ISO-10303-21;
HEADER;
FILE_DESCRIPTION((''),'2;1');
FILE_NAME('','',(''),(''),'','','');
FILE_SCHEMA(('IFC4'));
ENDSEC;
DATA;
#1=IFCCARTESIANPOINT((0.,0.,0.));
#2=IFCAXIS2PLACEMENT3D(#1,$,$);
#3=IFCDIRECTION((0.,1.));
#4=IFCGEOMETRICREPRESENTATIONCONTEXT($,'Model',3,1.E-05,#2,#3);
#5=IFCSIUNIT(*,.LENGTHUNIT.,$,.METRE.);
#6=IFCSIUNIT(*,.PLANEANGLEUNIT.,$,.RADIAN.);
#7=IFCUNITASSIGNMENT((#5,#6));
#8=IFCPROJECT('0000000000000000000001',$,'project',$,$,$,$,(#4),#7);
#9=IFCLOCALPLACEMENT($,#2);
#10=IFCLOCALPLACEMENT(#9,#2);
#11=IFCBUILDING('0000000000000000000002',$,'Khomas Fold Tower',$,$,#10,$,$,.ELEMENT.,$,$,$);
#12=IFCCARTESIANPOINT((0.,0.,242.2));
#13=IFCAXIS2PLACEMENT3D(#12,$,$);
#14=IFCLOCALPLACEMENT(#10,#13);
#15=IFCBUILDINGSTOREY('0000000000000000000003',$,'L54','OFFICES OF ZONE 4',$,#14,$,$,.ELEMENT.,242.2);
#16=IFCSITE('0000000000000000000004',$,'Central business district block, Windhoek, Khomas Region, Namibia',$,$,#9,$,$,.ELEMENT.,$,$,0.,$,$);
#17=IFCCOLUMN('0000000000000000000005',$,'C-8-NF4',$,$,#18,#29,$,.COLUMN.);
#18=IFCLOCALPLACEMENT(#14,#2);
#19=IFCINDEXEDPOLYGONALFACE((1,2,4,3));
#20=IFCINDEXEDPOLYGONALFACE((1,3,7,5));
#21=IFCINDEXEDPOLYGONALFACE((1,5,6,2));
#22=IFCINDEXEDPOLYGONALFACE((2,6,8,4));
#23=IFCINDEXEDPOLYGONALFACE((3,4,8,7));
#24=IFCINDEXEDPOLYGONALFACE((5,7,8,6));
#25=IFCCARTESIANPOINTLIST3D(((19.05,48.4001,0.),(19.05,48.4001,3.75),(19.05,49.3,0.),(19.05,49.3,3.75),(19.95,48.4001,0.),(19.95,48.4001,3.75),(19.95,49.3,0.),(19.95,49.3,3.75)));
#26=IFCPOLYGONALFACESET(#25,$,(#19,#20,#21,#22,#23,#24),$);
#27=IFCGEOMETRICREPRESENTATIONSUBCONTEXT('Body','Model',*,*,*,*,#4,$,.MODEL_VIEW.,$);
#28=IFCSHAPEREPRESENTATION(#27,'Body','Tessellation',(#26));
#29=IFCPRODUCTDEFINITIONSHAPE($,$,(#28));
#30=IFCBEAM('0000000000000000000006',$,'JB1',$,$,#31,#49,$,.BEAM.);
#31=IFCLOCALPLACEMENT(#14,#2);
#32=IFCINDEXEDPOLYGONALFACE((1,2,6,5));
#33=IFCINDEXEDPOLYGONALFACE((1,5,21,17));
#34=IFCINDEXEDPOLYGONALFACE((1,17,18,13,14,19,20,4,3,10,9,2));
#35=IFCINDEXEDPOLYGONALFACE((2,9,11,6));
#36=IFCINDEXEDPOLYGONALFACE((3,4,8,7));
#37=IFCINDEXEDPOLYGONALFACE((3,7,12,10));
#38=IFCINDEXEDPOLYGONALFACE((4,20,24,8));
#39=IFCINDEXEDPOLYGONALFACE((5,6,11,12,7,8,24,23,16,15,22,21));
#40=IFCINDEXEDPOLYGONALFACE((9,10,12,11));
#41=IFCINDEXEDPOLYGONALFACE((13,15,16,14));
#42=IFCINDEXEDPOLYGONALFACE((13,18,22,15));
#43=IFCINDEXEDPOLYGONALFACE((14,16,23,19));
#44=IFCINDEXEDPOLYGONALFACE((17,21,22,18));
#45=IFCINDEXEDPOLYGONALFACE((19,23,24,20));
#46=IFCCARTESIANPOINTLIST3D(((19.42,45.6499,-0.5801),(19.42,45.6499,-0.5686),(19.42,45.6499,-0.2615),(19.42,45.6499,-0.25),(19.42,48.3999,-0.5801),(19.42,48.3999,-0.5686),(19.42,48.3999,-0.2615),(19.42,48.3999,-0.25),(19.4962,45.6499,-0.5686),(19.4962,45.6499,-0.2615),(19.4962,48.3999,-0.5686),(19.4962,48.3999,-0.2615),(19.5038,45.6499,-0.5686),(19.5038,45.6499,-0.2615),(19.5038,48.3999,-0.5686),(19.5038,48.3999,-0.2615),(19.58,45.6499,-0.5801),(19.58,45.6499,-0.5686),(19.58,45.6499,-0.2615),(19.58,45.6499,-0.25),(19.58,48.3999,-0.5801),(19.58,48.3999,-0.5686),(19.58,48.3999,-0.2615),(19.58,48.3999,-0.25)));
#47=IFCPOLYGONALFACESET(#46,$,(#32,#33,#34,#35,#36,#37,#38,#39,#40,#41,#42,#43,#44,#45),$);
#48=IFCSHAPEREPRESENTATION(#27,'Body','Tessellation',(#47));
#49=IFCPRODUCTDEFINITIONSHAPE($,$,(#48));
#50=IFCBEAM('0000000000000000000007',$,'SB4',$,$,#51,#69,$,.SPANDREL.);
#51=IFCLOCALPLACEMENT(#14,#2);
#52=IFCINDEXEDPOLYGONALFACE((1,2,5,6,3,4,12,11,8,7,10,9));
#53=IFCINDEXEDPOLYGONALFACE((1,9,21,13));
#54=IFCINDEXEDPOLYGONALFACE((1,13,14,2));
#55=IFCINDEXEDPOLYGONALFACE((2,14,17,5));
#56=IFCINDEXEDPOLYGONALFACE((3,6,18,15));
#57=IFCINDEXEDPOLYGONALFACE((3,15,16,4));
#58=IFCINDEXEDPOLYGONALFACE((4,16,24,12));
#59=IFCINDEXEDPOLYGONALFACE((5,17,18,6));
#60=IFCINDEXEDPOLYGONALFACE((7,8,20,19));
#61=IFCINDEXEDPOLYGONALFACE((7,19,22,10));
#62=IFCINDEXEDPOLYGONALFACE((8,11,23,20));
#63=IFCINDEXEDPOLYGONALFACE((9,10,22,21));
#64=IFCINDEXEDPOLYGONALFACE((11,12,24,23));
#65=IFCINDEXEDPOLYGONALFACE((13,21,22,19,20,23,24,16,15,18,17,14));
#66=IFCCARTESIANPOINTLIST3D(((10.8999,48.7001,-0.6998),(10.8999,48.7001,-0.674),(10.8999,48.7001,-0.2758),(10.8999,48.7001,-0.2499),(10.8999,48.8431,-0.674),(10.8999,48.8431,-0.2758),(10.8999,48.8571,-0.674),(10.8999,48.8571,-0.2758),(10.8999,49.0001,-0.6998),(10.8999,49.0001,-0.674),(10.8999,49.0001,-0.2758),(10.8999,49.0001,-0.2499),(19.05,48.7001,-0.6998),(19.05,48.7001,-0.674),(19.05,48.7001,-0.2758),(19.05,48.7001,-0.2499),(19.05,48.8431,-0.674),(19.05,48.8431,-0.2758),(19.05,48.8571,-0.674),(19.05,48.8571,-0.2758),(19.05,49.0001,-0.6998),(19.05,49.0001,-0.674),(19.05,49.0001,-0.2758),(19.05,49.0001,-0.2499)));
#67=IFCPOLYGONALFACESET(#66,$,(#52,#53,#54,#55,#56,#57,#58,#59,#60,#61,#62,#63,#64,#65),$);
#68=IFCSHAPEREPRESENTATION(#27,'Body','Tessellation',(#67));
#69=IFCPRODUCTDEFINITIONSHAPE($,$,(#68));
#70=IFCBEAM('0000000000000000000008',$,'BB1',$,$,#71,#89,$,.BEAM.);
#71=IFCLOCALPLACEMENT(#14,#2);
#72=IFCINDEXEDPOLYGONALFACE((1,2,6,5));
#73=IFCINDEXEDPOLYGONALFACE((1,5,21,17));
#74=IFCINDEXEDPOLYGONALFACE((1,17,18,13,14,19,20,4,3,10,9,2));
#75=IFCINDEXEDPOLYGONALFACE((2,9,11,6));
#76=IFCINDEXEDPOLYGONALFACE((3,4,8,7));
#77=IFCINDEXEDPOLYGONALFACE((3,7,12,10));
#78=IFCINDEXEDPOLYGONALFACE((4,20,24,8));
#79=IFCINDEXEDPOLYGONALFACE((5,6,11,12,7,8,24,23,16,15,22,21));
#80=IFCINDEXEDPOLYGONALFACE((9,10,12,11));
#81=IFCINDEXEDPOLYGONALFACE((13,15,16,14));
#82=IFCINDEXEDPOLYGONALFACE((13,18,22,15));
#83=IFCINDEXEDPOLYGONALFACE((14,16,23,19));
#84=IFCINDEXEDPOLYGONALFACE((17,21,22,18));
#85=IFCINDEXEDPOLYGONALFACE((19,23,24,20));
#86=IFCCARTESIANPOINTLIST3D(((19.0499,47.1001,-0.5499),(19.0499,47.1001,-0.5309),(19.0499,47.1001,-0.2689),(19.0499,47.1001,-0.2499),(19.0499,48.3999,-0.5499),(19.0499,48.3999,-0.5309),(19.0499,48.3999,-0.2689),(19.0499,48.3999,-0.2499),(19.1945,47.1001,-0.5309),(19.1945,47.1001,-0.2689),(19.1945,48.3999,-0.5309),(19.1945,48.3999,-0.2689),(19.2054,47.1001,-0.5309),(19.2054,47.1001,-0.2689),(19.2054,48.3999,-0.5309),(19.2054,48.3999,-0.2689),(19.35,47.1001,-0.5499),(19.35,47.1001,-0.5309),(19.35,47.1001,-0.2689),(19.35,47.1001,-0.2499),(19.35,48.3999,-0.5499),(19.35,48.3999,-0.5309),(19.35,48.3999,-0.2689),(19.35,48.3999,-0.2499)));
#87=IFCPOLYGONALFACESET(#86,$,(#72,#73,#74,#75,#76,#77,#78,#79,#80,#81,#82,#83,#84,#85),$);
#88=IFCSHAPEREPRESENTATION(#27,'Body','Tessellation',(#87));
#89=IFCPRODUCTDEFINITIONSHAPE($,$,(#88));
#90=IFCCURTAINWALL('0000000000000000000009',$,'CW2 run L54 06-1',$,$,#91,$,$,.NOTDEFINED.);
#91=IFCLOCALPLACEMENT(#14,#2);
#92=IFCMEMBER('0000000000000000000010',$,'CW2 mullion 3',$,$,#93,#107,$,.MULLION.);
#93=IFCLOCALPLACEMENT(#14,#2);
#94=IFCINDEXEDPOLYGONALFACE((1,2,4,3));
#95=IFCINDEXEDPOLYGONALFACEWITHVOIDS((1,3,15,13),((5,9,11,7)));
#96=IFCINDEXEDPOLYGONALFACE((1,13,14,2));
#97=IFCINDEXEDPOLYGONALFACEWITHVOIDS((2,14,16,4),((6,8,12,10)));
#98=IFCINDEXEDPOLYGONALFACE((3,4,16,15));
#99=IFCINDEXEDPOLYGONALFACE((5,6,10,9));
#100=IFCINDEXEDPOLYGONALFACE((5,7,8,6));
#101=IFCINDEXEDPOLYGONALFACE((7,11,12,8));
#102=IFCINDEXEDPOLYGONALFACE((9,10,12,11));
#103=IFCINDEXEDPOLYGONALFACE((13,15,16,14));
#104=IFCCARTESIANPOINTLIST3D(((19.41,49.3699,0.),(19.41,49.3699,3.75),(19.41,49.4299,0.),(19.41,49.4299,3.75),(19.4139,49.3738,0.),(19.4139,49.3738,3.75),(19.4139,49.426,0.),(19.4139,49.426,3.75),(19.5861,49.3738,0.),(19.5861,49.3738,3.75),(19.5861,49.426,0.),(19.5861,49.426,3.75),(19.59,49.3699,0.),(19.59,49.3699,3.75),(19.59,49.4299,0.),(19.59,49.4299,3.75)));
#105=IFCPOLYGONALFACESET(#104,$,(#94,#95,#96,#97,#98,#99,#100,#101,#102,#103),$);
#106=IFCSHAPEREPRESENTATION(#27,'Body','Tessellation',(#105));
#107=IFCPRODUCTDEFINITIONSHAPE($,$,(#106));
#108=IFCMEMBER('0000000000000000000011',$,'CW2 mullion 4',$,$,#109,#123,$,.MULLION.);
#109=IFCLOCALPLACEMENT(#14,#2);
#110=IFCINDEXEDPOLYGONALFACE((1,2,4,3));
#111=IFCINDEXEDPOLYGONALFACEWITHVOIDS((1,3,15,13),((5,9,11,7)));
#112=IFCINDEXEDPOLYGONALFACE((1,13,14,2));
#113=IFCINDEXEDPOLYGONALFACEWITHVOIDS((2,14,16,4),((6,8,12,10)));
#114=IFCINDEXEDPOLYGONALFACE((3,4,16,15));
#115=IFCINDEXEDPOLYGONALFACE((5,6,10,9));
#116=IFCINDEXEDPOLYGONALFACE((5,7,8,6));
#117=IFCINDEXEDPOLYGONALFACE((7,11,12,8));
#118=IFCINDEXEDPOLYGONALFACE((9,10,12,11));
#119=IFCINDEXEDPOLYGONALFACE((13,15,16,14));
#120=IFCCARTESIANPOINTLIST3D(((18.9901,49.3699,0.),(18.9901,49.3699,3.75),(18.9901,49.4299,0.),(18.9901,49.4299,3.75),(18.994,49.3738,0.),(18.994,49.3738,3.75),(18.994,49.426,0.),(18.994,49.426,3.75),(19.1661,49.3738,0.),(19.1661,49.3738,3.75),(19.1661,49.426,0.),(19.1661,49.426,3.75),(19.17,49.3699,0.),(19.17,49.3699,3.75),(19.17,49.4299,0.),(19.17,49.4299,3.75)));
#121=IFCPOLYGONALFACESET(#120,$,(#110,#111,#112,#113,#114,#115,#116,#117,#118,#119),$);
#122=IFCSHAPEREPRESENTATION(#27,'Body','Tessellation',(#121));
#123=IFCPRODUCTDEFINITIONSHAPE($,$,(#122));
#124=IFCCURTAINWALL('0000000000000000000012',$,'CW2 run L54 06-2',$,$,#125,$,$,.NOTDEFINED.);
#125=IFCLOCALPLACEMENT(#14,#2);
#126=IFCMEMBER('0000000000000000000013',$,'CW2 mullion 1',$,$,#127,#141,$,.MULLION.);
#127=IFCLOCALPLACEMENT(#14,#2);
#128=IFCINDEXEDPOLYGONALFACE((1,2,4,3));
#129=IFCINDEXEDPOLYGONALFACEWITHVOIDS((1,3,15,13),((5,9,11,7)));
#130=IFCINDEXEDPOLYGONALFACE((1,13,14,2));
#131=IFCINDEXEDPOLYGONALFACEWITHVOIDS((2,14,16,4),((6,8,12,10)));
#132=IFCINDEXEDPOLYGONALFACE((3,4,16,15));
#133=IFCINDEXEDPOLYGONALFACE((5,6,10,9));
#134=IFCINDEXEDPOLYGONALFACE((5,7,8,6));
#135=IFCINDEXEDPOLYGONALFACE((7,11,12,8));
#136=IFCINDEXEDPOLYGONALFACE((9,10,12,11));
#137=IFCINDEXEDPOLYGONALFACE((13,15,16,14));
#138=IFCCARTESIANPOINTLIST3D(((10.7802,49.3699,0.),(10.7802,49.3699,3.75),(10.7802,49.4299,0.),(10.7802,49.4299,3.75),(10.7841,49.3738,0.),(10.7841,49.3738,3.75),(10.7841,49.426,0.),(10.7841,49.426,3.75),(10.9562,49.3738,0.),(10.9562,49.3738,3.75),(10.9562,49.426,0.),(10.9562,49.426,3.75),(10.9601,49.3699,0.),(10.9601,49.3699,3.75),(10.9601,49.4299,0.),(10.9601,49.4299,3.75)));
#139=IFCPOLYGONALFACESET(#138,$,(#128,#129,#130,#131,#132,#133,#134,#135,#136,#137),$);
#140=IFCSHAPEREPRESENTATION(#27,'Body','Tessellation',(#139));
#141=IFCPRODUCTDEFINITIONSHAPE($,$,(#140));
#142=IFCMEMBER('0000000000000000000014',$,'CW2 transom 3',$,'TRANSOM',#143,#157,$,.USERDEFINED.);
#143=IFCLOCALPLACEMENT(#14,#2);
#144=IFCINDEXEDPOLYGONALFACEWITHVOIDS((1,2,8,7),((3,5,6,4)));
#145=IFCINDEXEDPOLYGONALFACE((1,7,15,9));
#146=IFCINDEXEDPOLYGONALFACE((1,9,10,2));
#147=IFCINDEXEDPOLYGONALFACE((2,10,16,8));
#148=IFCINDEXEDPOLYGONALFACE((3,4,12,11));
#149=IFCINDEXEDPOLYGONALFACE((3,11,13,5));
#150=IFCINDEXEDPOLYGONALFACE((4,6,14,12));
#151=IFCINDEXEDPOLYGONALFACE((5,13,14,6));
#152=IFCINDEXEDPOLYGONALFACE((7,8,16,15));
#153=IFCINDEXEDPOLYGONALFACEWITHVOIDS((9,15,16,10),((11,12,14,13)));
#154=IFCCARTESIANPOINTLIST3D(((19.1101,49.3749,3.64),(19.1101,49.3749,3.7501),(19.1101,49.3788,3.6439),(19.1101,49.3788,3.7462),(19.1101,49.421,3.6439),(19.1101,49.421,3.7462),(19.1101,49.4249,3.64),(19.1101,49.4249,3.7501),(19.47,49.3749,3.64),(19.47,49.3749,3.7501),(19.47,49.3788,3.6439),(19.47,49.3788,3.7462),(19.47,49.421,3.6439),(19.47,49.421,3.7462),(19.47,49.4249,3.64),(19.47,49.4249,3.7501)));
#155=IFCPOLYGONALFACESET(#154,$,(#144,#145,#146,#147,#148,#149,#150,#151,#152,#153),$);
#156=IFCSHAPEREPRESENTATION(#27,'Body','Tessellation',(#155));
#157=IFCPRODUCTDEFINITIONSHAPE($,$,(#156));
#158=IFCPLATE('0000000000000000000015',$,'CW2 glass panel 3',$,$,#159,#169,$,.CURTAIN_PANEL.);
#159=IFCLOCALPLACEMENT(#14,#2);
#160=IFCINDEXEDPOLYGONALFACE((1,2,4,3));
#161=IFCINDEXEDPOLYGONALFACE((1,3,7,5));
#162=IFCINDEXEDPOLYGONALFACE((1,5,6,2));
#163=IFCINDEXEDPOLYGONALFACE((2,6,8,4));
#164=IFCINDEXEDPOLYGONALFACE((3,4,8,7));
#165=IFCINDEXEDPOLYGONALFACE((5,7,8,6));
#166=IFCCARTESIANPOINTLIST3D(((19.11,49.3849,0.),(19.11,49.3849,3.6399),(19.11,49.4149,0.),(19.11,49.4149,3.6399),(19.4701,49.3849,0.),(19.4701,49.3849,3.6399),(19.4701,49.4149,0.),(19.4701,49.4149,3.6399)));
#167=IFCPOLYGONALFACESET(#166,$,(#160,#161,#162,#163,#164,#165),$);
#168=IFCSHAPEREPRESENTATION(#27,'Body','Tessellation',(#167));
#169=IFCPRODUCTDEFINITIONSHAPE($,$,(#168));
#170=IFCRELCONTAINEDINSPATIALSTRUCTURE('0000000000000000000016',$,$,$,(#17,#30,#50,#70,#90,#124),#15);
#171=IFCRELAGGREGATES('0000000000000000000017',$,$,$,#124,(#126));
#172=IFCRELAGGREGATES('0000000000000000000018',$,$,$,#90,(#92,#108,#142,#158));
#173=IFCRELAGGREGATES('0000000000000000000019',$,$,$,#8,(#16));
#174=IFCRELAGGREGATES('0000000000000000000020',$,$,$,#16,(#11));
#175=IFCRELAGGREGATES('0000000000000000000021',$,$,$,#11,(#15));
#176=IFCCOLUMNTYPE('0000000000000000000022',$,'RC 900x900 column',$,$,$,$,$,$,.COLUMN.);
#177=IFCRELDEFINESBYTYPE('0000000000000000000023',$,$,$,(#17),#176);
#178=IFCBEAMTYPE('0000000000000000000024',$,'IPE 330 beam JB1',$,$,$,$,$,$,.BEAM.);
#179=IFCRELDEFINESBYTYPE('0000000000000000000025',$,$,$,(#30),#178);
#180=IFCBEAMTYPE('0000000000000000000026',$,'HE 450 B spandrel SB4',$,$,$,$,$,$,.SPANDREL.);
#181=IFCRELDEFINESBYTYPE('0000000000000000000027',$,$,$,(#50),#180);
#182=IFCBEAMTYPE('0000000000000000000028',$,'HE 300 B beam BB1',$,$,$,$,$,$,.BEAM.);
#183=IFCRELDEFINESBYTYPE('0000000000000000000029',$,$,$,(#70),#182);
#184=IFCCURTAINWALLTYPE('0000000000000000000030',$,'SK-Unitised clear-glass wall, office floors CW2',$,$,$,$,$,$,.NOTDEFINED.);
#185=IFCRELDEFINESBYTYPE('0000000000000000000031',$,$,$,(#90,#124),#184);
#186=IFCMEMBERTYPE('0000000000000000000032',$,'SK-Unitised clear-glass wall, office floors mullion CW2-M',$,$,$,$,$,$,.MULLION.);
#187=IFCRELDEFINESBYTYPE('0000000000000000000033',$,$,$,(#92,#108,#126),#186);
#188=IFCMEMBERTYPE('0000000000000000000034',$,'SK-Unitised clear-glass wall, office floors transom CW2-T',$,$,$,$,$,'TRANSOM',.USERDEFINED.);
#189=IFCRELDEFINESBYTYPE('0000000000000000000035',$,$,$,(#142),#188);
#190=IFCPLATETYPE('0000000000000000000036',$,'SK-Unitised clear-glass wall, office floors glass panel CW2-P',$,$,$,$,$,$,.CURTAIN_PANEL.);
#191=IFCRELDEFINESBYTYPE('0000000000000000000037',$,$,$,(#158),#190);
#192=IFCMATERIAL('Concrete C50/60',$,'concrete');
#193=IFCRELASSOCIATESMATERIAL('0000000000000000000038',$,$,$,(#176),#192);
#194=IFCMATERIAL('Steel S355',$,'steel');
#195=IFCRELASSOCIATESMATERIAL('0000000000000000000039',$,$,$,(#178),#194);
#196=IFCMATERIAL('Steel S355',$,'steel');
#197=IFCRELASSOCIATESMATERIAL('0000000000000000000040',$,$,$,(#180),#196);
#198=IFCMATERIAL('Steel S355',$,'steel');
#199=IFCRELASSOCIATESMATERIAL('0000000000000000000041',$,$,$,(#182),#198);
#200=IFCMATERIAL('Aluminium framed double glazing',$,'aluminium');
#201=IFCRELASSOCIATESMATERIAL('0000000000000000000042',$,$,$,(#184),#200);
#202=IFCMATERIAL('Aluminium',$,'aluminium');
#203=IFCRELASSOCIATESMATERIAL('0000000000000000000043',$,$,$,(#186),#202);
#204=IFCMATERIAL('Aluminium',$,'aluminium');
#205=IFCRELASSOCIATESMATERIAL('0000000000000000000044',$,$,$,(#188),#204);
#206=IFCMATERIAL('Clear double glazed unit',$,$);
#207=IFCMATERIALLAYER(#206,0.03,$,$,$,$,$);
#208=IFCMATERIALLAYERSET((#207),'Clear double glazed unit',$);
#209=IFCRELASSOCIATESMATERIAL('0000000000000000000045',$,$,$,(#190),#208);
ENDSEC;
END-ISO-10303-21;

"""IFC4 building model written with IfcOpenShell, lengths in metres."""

from ifc_helpers import new_model, si_unit, direction, frame, origin, origin_2d, place, context, subcontext, project, spatial, rectangle, hollow_rectangle, i_section, extrude, source, transform, mapped, material, layer, layer_set, material_profile, profile_set, type_object, element, aggregate, save


model = new_model("IFC4")

# Units and contexts
model_context = context("Model", 3, precision=1e-05, world=origin(), true_north=direction((0.0, 1.0)))
body_context = subcontext(model_context, "Body", "Model", "MODEL_VIEW")
ifc_project = project(units=[si_unit("LENGTHUNIT", "METRE"), si_unit("PLANEANGLEUNIT", "RADIAN")], contexts=[model_context])

# Site, building, storey
site_placement = place(None, origin())
site = spatial("IfcSite", under=ifc_project, at=site_placement, Name="Central business district block, Windhoek, Khomas Region, Namibia", CompositionType="ELEMENT", RefElevation=0.0)
building_placement = place(site_placement, origin())
building = spatial("IfcBuilding", under=site, at=building_placement, Name="Khomas Fold Tower", CompositionType="ELEMENT")
storey_placement = place(building_placement, frame((0.0, 0.0, 242.2)))
storey = spatial("IfcBuildingStorey", under=building, at=storey_placement, Name="L54", Description="OFFICES OF ZONE 4", CompositionType="ELEMENT", Elevation=242.2)

# Column
ifc_material_1 = material(Name="Concrete C50/60", Category="concrete")
ifc_material_profile_1 = material_profile(ifc_material_1, rectangle(XDim=0.8999, YDim=0.8999, at=origin_2d()), Name="RC 900x900")
ifc_profile_set_1 = profile_set([ifc_material_profile_1], Name="Concrete C50/60")
column_type = type_object("IfcColumnType", Name="RC 900x900 column", PredefinedType="COLUMN", material=ifc_profile_set_1)
shared_shape_1 = source(origin(), body_context, "Body", "SweptSolid", [
    extrude(rectangle(XDim=0.8999, YDim=0.8999, at=origin_2d()), origin(), (0.0, 0.0, 1.0), 3.75),
])
column_placement = place(storey_placement, frame((19.5, 48.8501, 0.0), z_axis=(0.0, 0.0, 1.0), x_axis=(1.0, 0.0, 0.0)))
element("IfcColumn", 1, at=column_placement, inside=storey, type_object=column_type, Name="C-8-NF4", PredefinedType="COLUMN", context=body_context, shape_type="MappedRepresentation", body=[
    mapped(shared_shape_1, transform((0.0, 0.0, 0.0))),
])

# Beams
ifc_material_2 = material(Name="Steel S355", Category="steel")
ifc_material_profile_2 = material_profile(ifc_material_2, i_section(OverallWidth=0.1599, OverallDepth=0.3301, WebThickness=0.0076, FlangeThickness=0.0115, at=origin_2d()), Name="IPE 330")
ifc_profile_set_2 = profile_set([ifc_material_profile_2], Name="Steel S355")
beam_type_1 = type_object("IfcBeamType", Name="IPE 330 beam JB1", PredefinedType="BEAM", material=ifc_profile_set_2)
shared_shape_2 = source(origin(), body_context, "Body", "SweptSolid", [
    extrude(i_section(OverallWidth=0.1599, OverallDepth=0.3301, WebThickness=0.0076, FlangeThickness=0.0115, at=origin_2d()), origin(), (0.0, 0.0, 1.0), 2.75),
])
beam_1_placement = place(storey_placement, frame((19.5, 45.6499, -0.415), z_axis=(0.0, 1.0, 0.0), x_axis=(-1.0, 0.0, 0.0)))
element("IfcBeam", 2, at=beam_1_placement, inside=storey, type_object=beam_type_1, Name="JB1", PredefinedType="BEAM", context=body_context, shape_type="MappedRepresentation", body=[
    mapped(shared_shape_2, transform((0.0, 0.0, 0.0))),
])
ifc_material_3 = material(Name="Steel S355", Category="steel")
ifc_material_profile_3 = material_profile(ifc_material_3, i_section(OverallWidth=0.3, OverallDepth=0.45, WebThickness=0.0139, FlangeThickness=0.0259, at=origin_2d()), Name="HE 450 B")
ifc_profile_set_3 = profile_set([ifc_material_profile_3], Name="Steel S355")
beam_type_2 = type_object("IfcBeamType", Name="HE 450 B spandrel SB4", PredefinedType="SPANDREL", material=ifc_profile_set_3)
shared_shape_3 = source(origin(), body_context, "Body", "SweptSolid", [
    extrude(i_section(OverallWidth=0.3, OverallDepth=0.45, WebThickness=0.0139, FlangeThickness=0.0259, at=origin_2d()), origin(), (0.0, 0.0, 1.0), 8.1501),
])
beam_2_placement = place(storey_placement, frame((10.8999, 48.8501, -0.4749), z_axis=(1.0, 0.0, 0.0), x_axis=(0.0, 1.0, 0.0)))
element("IfcBeam", 3, at=beam_2_placement, inside=storey, type_object=beam_type_2, Name="SB4", PredefinedType="SPANDREL", context=body_context, shape_type="MappedRepresentation", body=[
    mapped(shared_shape_3, transform((0.0, 0.0, 0.0))),
])
ifc_material_4 = material(Name="Steel S355", Category="steel")
ifc_material_profile_4 = material_profile(ifc_material_4, i_section(OverallWidth=0.3, OverallDepth=0.3, WebThickness=0.011, FlangeThickness=0.019, at=origin_2d()), Name="HE 300 B")
ifc_profile_set_4 = profile_set([ifc_material_profile_4], Name="Steel S355")
beam_type_3 = type_object("IfcBeamType", Name="HE 300 B beam BB1", PredefinedType="BEAM", material=ifc_profile_set_4)
shared_shape_4 = source(origin(), body_context, "Body", "SweptSolid", [
    extrude(i_section(OverallWidth=0.3, OverallDepth=0.3, WebThickness=0.011, FlangeThickness=0.019, at=origin_2d()), origin(), (0.0, 0.0, 1.0), 1.2998),
])
beam_3_placement = place(storey_placement, frame((19.2, 47.1001, -0.3999), z_axis=(0.0, 1.0, 0.0), x_axis=(-1.0, 0.0, 0.0)))
element("IfcBeam", 4, at=beam_3_placement, inside=storey, type_object=beam_type_3, Name="BB1", PredefinedType="BEAM", context=body_context, shape_type="MappedRepresentation", body=[
    mapped(shared_shape_4, transform((0.0, 0.0, 0.0))),
])

# Curtain wall, members
ifc_material_5 = material(Name="Aluminium framed double glazing", Category="aluminium")
curtain_wall_type = type_object("IfcCurtainWallType", Name="SK-Unitised clear-glass wall, office floors CW2", PredefinedType="NOTDEFINED", material=ifc_material_5)
curtain_wall_1_placement = place(storey_placement, origin())
curtain_wall_1 = element("IfcCurtainWall", 5, at=curtain_wall_1_placement, inside=storey, type_object=curtain_wall_type, Name="CW2 run L54 06-1", PredefinedType="NOTDEFINED")
ifc_material_6 = material(Name="Aluminium", Category="aluminium")
ifc_material_profile_5 = material_profile(ifc_material_6, hollow_rectangle(XDim=0.0601, YDim=0.1799, WallThickness=0.0039, at=origin_2d()), Name="SK-Unitised clear-glass wall, office floors mullion CW2-M")
ifc_profile_set_5 = profile_set([ifc_material_profile_5], Name="Aluminium")
member_type_1 = type_object("IfcMemberType", Name="SK-Unitised clear-glass wall, office floors mullion CW2-M", PredefinedType="MULLION", material=ifc_profile_set_5)
shared_shape_5 = source(origin(), body_context, "Body", "SweptSolid", [
    extrude(hollow_rectangle(XDim=0.0601, YDim=0.1799, WallThickness=0.0039, at=origin_2d()), origin(), (0.0, 0.0, 1.0), 3.75),
])
member_1_placement = place(storey_placement, frame((19.5, 49.3999, 0.0), z_axis=(0.0, 0.0, 1.0), x_axis=(0.0, -1.0, 0.0)))
member_1 = element("IfcMember", 6, at=member_1_placement, type_object=member_type_1, Name="CW2 mullion 3", PredefinedType="MULLION", context=body_context, shape_type="MappedRepresentation", body=[
    mapped(shared_shape_5, transform((0.0, 0.0, 0.0))),
])
member_2_placement = place(storey_placement, frame((19.0801, 49.3999, 0.0), z_axis=(0.0, 0.0, 1.0), x_axis=(0.0, -1.0, 0.0)))
member_2 = element("IfcMember", 7, at=member_2_placement, type_object=member_type_1, Name="CW2 mullion 4", PredefinedType="MULLION", context=body_context, shape_type="MappedRepresentation", body=[
    mapped(shared_shape_5, transform((0.0, 0.0, 0.0))),
])

# Curtain wall, member
curtain_wall_2_placement = place(storey_placement, origin())
curtain_wall_2 = element("IfcCurtainWall", 8, at=curtain_wall_2_placement, inside=storey, type_object=curtain_wall_type, Name="CW2 run L54 06-2", PredefinedType="NOTDEFINED")
member_3_placement = place(storey_placement, frame((10.8701, 49.3999, 0.0), z_axis=(0.0, 0.0, 1.0), x_axis=(0.0, -1.0, 0.0)))
member_3 = element("IfcMember", 9, at=member_3_placement, type_object=member_type_1, Name="CW2 mullion 1", PredefinedType="MULLION", context=body_context, shape_type="MappedRepresentation", body=[
    mapped(shared_shape_5, transform((0.0, 0.0, 0.0))),
])
aggregate(curtain_wall_2, [member_3])

# Member
ifc_material_7 = material(Name="Aluminium", Category="aluminium")
ifc_material_profile_6 = material_profile(ifc_material_7, hollow_rectangle(XDim=0.05, YDim=0.1101, WallThickness=0.0039, at=origin_2d()), Name="SK-Unitised clear-glass wall, office floors transom CW2-T")
ifc_profile_set_6 = profile_set([ifc_material_profile_6], Name="Aluminium")
member_type_2 = type_object("IfcMemberType", Name="SK-Unitised clear-glass wall, office floors transom CW2-T", ElementType="TRANSOM", PredefinedType="USERDEFINED", material=ifc_profile_set_6)
shared_shape_6 = source(origin(), body_context, "Body", "SweptSolid", [
    extrude(hollow_rectangle(XDim=0.05, YDim=0.1101, WallThickness=0.0039, at=origin_2d()), origin(), (0.0, 0.0, 1.0), 0.3599),
])
member_4_placement = place(storey_placement, frame((19.47, 49.3999, 3.6951), z_axis=(-1.0, 0.0, 0.0), x_axis=(0.0, -1.0, 0.0)))
member_4 = element("IfcMember", 10, at=member_4_placement, type_object=member_type_2, Name="CW2 transom 3", ObjectType="TRANSOM", PredefinedType="USERDEFINED", context=body_context, shape_type="MappedRepresentation", body=[
    mapped(shared_shape_6, transform((0.0, 0.0, 0.0))),
])

# Plate
ifc_material_8 = material(Name="Clear double glazed unit")
ifc_layer_1 = layer(ifc_material_8, 0.03)
ifc_layer_set_1 = layer_set([ifc_layer_1], Name="Clear double glazed unit")
plate_type = type_object("IfcPlateType", Name="SK-Unitised clear-glass wall, office floors glass panel CW2-P", PredefinedType="CURTAIN_PANEL", material=ifc_layer_set_1)
shared_shape_7 = source(origin(), body_context, "Body", "SweptSolid", [
    extrude(rectangle(XDim=0.3601, YDim=0.03, at=origin_2d()), origin(), (0.0, 0.0, 1.0), 3.6399),
])
plate_placement = place(storey_placement, frame((19.29, 49.3999, 0.0), z_axis=(0.0, 0.0, 1.0), x_axis=(-1.0, 0.0, 0.0)))
plate = element("IfcPlate", 11, at=plate_placement, type_object=plate_type, Name="CW2 glass panel 3", PredefinedType="CURTAIN_PANEL", context=body_context, shape_type="MappedRepresentation", body=[
    mapped(shared_shape_7, transform((0.0, 0.0, 0.0))),
])
aggregate(curtain_wall_1, [member_1, member_2, member_4, plate])

save(model, "model.ifc")
